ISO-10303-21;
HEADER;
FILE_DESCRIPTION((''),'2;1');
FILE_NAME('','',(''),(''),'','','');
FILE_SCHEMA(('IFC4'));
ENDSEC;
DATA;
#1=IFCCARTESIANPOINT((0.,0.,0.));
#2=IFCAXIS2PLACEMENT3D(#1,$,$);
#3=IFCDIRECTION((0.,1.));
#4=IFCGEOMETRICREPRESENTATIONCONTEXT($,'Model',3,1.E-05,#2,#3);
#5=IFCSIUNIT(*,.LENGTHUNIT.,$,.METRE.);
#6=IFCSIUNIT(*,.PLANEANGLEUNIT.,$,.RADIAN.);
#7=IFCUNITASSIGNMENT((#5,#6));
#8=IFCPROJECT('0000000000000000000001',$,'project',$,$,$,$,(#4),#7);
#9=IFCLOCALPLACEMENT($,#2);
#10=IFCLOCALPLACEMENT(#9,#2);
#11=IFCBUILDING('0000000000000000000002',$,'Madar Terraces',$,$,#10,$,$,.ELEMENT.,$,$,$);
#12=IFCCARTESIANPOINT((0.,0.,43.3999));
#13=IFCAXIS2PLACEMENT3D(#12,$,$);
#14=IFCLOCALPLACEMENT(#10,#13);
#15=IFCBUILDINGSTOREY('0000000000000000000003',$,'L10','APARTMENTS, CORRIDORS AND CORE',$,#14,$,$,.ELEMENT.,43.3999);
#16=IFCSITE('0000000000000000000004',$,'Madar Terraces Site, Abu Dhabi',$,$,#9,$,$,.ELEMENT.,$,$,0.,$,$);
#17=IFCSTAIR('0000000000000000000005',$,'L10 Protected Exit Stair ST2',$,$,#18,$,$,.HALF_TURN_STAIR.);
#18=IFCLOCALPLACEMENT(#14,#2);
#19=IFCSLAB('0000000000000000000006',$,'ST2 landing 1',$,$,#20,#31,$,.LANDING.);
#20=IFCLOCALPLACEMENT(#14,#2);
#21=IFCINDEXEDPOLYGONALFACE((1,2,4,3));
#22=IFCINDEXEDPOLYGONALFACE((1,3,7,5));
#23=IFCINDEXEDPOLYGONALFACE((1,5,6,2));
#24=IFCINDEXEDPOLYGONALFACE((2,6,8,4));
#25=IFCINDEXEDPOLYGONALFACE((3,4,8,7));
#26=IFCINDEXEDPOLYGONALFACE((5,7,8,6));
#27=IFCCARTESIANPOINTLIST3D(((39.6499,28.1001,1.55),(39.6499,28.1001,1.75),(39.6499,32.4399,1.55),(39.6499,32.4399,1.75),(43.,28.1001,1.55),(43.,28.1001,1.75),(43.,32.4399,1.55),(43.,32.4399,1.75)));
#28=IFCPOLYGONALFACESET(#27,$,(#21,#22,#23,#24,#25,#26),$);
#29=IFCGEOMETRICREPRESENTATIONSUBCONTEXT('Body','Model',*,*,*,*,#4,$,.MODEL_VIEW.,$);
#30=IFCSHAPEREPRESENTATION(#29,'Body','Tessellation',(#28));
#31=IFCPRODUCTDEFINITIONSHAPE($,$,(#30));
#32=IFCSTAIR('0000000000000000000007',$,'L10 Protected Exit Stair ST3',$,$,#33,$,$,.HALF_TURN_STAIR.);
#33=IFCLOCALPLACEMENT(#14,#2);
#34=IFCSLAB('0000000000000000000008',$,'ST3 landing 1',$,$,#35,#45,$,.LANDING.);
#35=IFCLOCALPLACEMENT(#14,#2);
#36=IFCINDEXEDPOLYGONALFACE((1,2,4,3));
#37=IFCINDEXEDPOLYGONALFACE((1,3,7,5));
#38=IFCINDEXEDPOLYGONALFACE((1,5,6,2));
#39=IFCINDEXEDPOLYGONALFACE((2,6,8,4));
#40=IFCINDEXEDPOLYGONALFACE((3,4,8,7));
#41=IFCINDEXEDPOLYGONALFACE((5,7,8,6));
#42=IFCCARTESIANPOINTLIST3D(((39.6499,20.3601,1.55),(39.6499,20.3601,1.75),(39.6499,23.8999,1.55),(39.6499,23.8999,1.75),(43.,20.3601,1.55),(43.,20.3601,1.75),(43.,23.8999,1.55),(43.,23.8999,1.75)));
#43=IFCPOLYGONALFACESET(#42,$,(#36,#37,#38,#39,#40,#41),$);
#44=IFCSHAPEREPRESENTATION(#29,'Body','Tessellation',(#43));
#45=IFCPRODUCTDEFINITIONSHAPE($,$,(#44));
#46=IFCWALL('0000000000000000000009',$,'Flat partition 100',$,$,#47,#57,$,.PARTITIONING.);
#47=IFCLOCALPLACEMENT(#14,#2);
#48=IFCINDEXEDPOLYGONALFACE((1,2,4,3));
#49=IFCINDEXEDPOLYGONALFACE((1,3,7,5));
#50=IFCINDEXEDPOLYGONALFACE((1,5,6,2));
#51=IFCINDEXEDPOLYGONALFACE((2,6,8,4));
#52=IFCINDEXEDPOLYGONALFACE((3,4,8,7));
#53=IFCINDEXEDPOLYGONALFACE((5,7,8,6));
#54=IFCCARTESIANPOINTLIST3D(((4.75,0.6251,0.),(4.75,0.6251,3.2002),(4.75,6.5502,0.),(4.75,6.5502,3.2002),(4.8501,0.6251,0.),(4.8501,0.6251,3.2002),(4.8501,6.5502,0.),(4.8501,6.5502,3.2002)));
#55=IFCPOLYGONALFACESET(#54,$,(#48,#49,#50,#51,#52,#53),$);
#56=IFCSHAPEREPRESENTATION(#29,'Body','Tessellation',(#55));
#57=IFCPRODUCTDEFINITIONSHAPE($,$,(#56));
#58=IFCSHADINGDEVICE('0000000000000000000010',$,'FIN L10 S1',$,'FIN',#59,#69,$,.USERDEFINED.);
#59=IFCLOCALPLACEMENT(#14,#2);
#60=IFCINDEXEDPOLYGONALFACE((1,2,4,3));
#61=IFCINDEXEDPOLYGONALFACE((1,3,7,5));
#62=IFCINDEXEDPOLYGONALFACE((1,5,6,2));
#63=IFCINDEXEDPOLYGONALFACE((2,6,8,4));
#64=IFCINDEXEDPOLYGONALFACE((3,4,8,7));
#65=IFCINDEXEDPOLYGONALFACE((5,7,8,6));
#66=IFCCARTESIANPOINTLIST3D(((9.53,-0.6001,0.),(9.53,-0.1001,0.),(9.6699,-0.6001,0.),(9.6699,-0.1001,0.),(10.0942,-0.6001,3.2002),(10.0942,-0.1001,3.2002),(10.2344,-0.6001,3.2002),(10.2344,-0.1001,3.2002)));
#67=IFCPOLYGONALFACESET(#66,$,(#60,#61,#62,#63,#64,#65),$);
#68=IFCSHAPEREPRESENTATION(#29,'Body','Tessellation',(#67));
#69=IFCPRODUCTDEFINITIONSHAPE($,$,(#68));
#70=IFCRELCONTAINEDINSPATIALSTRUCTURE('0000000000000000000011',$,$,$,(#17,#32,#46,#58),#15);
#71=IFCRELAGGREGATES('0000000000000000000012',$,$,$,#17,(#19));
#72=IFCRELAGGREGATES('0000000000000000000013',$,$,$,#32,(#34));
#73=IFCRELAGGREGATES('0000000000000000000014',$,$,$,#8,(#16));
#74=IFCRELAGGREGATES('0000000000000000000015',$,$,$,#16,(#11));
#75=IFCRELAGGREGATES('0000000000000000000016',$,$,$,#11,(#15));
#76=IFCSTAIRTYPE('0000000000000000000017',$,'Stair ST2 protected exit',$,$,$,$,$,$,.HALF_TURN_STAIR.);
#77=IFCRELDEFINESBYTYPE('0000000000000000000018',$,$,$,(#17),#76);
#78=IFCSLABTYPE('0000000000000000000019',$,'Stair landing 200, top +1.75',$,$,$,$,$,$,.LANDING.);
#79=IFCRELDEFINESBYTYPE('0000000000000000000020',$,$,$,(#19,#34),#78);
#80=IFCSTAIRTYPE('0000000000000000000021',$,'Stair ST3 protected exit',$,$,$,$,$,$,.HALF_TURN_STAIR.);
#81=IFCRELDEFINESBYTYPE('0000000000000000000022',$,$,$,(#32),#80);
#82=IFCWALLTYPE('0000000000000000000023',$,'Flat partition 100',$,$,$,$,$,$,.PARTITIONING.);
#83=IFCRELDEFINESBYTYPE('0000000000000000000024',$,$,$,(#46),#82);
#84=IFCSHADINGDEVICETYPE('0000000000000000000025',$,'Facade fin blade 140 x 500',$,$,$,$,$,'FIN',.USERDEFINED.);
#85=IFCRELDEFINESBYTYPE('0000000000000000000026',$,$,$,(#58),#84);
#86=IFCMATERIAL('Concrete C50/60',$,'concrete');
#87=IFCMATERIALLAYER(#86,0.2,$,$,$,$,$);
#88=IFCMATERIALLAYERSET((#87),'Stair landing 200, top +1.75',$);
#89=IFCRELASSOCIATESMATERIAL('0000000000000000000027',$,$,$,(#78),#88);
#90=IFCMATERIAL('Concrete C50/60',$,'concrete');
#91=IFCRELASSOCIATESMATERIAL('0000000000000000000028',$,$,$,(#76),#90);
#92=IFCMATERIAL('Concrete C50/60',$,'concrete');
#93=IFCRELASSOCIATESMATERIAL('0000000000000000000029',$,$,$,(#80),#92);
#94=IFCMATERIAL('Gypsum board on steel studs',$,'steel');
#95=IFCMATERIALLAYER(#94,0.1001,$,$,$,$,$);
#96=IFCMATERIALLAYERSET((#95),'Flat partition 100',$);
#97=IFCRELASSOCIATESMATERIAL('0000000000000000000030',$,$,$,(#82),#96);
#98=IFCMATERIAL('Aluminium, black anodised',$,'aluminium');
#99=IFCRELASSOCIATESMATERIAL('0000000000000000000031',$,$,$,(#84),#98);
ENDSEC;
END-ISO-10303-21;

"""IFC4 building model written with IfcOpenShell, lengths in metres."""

from ifc_helpers import new_model, si_unit, direction, frame, frame_2d, origin, place, context, subcontext, project, spatial, polyline, rectangle, outline, extrude, material, layer, layer_set, type_object, element, aggregate, save


model = new_model("IFC4")

# Units and contexts
model_context = context("Model", 3, precision=1e-05, world=origin(), true_north=direction((0.0, 1.0)))
body_context = subcontext(model_context, "Body", "Model", "MODEL_VIEW")
ifc_project = project(units=[si_unit("LENGTHUNIT", "METRE"), si_unit("PLANEANGLEUNIT", "RADIAN")], contexts=[model_context])

# Site, building, storey
site_placement = place(None, origin())
site = spatial("IfcSite", under=ifc_project, at=site_placement, Name="Madar Terraces Site, Abu Dhabi", CompositionType="ELEMENT", RefElevation=0.0)
building_placement = place(site_placement, origin())
building = spatial("IfcBuilding", under=site, at=building_placement, Name="Madar Terraces", CompositionType="ELEMENT")
storey_placement = place(building_placement, frame((0.0, 0.0, 43.3999)))
storey = spatial("IfcBuildingStorey", under=building, at=storey_placement, Name="L10", Description="APARTMENTS, CORRIDORS AND CORE", CompositionType="ELEMENT", Elevation=43.3999)

# Stairs, slabs
ifc_material_1 = material(Name="Concrete C50/60", Category="concrete")
ifc_layer_1 = layer(ifc_material_1, 0.2)
ifc_layer_set_1 = layer_set([ifc_layer_1], Name="Stair landing 200, top +1.75")
slab_type_1 = type_object("IfcSlabType", Name="Stair landing 200, top +1.75", PredefinedType="LANDING", material=ifc_layer_set_1)
ifc_material_2 = material(Name="Concrete C50/60", Category="concrete")
stair_type_1 = type_object("IfcStairType", Name="Stair ST2 protected exit", PredefinedType="HALF_TURN_STAIR", material=ifc_material_2)
stair_1_placement = place(storey_placement, origin())
stair_1 = element("IfcStair", 1, at=stair_1_placement, inside=storey, type_object=stair_type_1, Name="L10 Protected Exit Stair ST2", PredefinedType="HALF_TURN_STAIR")
slab_1_placement = place(storey_placement, frame((0.0, 0.0, 1.55)))
slab_1 = element("IfcSlab", 2, at=slab_1_placement, type_object=slab_type_1, Name="ST2 landing 1", PredefinedType="LANDING", context=body_context, shape_type="SweptSolid", body=[
    extrude(outline(polyline([(39.6499, 28.1001), (43.0, 28.1001), (43.0, 32.4399), (39.6499, 32.4399), (39.6499, 28.1001)])), origin(), (0.0, 0.0, 1.0), 0.2),
])
aggregate(stair_1, [slab_1])
ifc_material_3 = material(Name="Concrete C50/60", Category="concrete")
stair_type_2 = type_object("IfcStairType", Name="Stair ST3 protected exit", PredefinedType="HALF_TURN_STAIR", material=ifc_material_3)
stair_2_placement = place(storey_placement, origin())
stair_2 = element("IfcStair", 3, at=stair_2_placement, inside=storey, type_object=stair_type_2, Name="L10 Protected Exit Stair ST3", PredefinedType="HALF_TURN_STAIR")
slab_2_placement = place(storey_placement, frame((0.0, 0.0, 1.55)))
slab_2 = element("IfcSlab", 4, at=slab_2_placement, type_object=slab_type_1, Name="ST3 landing 1", PredefinedType="LANDING", context=body_context, shape_type="SweptSolid", body=[
    extrude(outline(polyline([(39.6499, 20.3601), (43.0, 20.3601), (43.0, 23.8999), (39.6499, 23.8999), (39.6499, 20.3601)])), origin(), (0.0, 0.0, 1.0), 0.2),
])
aggregate(stair_2, [slab_2])

# Wall
ifc_material_4 = material(Name="Gypsum board on steel studs", Category="steel")
ifc_layer_2 = layer(ifc_material_4, 0.1001)
ifc_layer_set_2 = layer_set([ifc_layer_2], Name="Flat partition 100")
wall_type_1 = type_object("IfcWallType", Name="Flat partition 100", PredefinedType="PARTITIONING", material=ifc_layer_set_2)
wall_1_placement = place(storey_placement, frame((4.8, 6.55, 0.0), z_axis=(0.0, 0.0, 1.0), x_axis=(0.0, -1.0, 0.0)))
element("IfcWall", 5, at=wall_1_placement, inside=storey, type_object=wall_type_1, Name="Flat partition 100", PredefinedType="PARTITIONING", context=body_context, shape_type="SweptSolid", body=[
    extrude(rectangle(XDim=5.925, YDim=0.1001, at=frame_2d((2.9624, 0.0))), origin(), (0.0, 0.0, 1.0), 3.2002),
])

# Shading device
ifc_material_5 = material(Name="Aluminium, black anodised", Category="aluminium")
shading_device_type = type_object("IfcShadingDeviceType", Name="Facade fin blade 140 x 500", ElementType="FIN", PredefinedType="USERDEFINED", material=ifc_material_5)
shading_device_placement = place(storey_placement, frame((9.53, -0.3501, 0.0), z_axis=(0.0, 0.0, 1.0), x_axis=(1.0, 0.0, 0.0)))
element("IfcShadingDevice", 6, at=shading_device_placement, inside=storey, type_object=shading_device_type, Name="FIN L10 S1", ObjectType="FIN", PredefinedType="USERDEFINED", context=body_context, shape_type="SweptSolid", body=[
    extrude(outline(polyline([(0.0, 0.0), (0.1399, 0.0), (0.7043, 3.2002), (0.5642, 3.2002), (0.0, 0.0)])), frame((0.0, 0.25, 0.0), z_axis=(0.0, -1.0, 0.0), x_axis=(1.0, 0.0, 0.0)), (0.0, 0.0, 1.0), 0.5),
])

save(model, "model.ifc")
